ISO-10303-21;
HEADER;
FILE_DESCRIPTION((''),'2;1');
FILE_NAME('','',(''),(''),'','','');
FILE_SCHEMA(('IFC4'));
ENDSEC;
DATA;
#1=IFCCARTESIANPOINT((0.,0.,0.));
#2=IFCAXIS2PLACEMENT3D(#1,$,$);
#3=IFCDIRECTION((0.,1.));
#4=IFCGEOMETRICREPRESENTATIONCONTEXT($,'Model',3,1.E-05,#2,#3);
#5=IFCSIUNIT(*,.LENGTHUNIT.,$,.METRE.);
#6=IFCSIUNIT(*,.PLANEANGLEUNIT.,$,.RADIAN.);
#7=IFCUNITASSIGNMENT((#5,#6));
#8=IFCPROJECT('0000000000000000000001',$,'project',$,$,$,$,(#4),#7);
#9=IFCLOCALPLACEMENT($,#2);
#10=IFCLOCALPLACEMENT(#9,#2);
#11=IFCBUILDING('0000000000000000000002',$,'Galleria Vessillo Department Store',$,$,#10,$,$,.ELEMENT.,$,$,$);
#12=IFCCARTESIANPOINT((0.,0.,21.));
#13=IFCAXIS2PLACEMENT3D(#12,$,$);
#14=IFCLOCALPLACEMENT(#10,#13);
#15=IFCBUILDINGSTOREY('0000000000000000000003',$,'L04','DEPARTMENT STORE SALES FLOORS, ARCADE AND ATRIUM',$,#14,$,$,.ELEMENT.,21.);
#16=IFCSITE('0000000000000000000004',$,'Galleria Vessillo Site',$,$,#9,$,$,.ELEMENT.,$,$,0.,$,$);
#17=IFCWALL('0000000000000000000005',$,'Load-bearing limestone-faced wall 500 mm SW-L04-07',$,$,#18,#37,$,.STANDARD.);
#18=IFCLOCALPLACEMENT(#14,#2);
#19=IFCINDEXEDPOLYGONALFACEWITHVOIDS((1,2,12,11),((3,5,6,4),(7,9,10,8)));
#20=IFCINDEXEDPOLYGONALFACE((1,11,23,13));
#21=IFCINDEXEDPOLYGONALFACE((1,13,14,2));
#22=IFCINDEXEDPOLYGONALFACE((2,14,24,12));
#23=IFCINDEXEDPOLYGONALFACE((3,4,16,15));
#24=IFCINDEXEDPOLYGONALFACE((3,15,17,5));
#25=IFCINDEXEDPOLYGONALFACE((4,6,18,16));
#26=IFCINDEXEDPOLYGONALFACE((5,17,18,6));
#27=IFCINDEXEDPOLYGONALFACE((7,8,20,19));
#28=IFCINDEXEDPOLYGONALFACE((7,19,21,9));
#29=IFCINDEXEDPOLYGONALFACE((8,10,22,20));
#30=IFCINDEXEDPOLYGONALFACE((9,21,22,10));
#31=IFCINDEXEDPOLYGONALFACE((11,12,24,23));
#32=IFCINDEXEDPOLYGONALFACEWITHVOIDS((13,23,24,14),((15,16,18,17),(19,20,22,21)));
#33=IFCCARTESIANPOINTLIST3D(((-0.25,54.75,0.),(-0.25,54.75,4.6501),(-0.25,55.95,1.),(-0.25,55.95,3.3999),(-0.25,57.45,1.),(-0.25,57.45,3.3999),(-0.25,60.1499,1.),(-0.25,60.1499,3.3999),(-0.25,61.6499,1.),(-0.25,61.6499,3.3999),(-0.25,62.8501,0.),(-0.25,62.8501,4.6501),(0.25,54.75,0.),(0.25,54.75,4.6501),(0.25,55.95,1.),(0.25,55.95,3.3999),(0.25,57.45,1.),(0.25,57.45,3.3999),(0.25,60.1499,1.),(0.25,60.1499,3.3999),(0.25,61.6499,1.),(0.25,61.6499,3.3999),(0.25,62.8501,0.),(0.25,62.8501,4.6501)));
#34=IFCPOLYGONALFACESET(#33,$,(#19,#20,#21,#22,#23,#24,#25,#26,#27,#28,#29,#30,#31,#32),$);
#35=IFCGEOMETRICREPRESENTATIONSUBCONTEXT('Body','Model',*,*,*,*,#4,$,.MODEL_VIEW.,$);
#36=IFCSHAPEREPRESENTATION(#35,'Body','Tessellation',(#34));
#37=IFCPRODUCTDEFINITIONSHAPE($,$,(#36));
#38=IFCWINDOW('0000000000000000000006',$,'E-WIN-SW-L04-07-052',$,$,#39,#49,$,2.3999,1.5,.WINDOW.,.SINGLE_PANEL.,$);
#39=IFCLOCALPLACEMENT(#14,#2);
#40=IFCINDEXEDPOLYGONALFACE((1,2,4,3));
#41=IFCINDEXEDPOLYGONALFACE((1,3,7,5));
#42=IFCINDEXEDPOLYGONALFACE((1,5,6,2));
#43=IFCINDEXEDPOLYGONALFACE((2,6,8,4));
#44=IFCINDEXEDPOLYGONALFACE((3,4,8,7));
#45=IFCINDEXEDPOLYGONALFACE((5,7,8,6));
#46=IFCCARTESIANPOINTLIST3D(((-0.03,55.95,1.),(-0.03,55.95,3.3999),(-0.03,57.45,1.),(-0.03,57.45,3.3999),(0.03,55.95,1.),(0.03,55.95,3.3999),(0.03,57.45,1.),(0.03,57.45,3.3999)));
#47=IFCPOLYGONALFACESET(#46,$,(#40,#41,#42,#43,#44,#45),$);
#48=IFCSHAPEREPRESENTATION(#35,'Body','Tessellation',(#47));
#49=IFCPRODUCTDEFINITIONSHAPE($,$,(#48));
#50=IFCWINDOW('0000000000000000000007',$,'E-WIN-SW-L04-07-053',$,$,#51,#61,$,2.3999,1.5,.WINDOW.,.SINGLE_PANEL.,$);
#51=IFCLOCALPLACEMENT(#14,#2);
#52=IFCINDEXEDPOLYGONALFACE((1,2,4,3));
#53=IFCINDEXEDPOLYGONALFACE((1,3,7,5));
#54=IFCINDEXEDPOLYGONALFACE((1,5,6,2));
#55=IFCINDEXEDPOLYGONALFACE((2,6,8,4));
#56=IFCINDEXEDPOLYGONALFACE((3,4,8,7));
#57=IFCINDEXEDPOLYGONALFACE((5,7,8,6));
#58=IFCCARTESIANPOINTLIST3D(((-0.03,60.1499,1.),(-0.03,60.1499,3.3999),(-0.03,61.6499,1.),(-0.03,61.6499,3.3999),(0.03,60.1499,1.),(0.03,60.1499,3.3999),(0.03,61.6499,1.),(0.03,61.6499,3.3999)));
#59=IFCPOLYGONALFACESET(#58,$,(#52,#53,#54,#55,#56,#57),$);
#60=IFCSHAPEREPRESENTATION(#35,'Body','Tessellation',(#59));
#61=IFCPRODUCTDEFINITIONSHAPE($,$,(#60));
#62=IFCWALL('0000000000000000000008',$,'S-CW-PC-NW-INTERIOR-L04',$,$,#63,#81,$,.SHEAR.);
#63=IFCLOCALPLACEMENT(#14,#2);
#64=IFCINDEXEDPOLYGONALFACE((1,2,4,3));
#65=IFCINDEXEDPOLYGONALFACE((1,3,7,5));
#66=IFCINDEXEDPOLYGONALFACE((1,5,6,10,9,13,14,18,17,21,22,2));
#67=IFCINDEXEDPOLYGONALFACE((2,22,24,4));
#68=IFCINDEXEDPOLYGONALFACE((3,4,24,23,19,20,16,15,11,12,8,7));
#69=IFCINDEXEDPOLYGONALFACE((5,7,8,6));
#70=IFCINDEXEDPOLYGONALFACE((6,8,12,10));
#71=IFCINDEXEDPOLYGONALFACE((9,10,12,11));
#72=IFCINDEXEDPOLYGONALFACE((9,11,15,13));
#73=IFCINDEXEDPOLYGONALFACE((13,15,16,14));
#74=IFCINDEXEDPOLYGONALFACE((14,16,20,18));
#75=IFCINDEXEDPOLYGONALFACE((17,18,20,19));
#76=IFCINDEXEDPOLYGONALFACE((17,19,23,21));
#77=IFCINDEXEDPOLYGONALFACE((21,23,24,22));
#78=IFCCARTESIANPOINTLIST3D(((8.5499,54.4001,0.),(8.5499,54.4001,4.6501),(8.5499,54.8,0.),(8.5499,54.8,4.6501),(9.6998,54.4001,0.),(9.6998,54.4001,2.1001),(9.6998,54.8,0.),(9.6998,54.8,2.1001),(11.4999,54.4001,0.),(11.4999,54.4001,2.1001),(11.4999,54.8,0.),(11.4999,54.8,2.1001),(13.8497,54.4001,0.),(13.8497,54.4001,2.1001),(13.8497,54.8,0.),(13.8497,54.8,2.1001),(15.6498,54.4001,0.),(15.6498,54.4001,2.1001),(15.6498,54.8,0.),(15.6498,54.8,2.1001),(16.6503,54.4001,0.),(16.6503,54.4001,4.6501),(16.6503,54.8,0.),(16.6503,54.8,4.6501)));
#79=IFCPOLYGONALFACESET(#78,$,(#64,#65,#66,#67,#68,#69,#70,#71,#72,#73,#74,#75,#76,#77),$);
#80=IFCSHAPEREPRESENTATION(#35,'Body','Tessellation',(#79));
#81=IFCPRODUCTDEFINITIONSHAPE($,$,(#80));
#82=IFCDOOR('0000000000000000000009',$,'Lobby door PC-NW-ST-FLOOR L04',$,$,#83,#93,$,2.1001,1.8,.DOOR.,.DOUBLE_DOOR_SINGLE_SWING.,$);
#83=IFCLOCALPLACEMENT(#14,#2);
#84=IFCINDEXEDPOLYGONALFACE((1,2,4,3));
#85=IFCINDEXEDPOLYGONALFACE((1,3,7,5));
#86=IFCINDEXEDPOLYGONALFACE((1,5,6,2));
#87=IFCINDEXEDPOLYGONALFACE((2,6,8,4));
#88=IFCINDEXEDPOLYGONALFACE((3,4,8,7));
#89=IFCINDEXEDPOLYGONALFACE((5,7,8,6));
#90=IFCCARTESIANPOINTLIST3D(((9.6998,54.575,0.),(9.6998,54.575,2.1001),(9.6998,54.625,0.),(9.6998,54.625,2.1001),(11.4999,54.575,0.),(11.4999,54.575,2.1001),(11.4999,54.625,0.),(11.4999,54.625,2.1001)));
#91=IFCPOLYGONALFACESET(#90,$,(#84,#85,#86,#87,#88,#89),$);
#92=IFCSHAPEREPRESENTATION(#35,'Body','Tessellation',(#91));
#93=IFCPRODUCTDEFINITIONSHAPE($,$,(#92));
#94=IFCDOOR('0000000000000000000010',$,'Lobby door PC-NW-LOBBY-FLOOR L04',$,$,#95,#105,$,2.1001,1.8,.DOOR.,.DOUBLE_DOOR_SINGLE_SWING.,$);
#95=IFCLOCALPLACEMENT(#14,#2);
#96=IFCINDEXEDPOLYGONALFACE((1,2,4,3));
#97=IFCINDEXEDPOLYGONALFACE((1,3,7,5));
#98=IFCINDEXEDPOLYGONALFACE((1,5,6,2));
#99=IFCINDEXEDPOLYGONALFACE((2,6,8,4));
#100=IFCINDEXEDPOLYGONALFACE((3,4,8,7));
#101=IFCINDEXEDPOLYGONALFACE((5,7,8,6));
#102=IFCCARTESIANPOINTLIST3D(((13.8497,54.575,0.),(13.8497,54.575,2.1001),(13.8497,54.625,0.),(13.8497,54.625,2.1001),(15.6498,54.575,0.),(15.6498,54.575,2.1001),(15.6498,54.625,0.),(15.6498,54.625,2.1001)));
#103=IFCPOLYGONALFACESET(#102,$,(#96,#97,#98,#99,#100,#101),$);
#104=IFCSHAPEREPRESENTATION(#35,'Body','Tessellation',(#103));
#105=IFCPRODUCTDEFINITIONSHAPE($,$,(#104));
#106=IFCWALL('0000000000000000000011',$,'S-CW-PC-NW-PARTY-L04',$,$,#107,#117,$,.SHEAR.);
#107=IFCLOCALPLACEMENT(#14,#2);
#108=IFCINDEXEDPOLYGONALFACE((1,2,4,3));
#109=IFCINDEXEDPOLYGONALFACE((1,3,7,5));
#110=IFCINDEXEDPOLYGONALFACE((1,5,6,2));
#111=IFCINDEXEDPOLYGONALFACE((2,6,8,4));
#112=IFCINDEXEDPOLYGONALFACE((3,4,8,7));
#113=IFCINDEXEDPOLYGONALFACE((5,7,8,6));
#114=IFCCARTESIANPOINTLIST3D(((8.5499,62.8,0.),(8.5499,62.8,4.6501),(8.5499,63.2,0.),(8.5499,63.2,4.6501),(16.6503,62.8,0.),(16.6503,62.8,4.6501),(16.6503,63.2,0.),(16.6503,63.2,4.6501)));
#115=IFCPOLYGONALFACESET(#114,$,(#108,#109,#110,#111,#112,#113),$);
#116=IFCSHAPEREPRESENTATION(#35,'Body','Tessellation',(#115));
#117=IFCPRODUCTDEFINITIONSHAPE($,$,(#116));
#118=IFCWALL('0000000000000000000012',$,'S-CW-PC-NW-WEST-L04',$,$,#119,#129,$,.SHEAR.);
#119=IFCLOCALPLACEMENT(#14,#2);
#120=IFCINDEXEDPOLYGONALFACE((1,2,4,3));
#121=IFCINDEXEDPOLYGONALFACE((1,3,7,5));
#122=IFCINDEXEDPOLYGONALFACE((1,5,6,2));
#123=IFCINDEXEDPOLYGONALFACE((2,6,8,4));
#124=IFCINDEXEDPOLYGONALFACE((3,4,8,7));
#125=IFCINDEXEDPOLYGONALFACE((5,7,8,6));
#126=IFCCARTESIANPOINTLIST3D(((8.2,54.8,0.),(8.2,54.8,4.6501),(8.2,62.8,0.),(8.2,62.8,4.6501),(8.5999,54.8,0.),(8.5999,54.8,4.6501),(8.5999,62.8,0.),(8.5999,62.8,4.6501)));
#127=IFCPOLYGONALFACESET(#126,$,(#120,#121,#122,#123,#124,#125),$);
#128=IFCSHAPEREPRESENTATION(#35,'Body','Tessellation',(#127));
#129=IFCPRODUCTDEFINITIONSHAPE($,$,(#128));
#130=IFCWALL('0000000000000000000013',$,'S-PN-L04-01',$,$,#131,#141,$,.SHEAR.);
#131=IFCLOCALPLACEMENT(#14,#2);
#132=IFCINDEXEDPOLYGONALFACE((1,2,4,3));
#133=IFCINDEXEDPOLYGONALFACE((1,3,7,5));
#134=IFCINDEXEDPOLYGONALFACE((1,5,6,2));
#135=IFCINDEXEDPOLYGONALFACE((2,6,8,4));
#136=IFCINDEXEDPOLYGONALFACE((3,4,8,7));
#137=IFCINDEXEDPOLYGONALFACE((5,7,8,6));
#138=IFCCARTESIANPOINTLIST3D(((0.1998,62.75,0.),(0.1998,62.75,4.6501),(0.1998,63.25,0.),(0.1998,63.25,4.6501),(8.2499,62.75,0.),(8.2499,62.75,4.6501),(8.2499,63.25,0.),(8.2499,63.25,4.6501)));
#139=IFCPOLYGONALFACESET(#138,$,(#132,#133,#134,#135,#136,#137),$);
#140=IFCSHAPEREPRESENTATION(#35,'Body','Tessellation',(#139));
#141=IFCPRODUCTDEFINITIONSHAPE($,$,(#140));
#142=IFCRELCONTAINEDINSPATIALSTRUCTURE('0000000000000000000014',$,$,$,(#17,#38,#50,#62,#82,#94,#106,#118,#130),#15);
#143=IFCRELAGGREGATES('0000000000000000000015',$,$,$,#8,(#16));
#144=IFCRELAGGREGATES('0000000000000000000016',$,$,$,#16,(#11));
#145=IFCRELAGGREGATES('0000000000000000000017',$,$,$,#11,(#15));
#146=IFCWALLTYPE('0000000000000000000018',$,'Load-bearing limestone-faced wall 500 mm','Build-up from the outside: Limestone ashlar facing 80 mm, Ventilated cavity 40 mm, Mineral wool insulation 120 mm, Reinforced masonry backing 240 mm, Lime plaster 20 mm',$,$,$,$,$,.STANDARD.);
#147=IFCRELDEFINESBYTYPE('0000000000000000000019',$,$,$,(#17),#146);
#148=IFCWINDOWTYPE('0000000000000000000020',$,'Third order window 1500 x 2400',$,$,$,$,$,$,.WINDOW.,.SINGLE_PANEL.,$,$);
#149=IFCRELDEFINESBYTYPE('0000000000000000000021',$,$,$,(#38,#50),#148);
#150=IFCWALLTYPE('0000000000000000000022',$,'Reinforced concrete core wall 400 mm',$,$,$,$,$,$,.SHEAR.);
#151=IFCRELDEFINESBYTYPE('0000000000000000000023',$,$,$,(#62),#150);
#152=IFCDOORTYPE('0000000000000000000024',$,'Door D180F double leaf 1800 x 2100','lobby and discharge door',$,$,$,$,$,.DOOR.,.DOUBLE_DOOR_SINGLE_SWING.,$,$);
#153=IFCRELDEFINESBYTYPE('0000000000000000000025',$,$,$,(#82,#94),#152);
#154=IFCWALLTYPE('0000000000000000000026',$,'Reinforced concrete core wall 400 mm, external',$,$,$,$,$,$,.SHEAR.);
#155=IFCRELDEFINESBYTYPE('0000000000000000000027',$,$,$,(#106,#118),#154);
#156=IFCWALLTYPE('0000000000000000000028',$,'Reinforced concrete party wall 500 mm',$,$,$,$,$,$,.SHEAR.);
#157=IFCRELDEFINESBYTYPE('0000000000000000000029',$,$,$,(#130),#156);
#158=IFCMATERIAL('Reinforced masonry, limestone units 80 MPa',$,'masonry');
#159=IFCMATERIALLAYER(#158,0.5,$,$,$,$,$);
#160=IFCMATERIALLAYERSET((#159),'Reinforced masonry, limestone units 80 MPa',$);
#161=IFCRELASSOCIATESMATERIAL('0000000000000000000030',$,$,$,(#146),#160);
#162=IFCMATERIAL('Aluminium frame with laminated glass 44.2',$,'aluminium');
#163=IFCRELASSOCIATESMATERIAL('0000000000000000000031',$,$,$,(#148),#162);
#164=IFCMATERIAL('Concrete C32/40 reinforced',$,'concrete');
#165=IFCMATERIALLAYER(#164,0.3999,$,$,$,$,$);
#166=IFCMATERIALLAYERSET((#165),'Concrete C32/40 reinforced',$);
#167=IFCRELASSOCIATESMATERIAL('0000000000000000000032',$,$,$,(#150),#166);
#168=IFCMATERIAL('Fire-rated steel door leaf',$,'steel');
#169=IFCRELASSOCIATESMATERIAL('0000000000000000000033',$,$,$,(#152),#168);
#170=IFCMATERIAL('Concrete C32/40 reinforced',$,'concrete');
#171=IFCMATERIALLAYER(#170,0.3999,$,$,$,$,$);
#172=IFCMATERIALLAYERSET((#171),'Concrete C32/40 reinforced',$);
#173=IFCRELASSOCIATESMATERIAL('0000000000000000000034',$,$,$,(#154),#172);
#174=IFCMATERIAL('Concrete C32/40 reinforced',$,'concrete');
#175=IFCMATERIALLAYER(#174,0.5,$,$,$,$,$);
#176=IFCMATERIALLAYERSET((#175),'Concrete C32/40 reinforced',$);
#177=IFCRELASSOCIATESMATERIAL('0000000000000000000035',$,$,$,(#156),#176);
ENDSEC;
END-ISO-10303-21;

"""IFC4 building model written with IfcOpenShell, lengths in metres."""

from ifc_helpers import new_model, si_unit, direction, frame, frame_2d, origin, place, context, subcontext, project, spatial, rectangle, extrude, material, layer, layer_set, type_object, element, fill, save


model = new_model("IFC4")

# Units and contexts
model_context = context("Model", 3, precision=1e-05, world=origin(), true_north=direction((0.0, 1.0)))
body_context = subcontext(model_context, "Body", "Model", "MODEL_VIEW")
ifc_project = project(units=[si_unit("LENGTHUNIT", "METRE"), si_unit("PLANEANGLEUNIT", "RADIAN")], contexts=[model_context])

# Site, building, storey
site_placement = place(None, origin())
site = spatial("IfcSite", under=ifc_project, at=site_placement, Name="Galleria Vessillo Site", CompositionType="ELEMENT", RefElevation=0.0)
building_placement = place(site_placement, origin())
building = spatial("IfcBuilding", under=site, at=building_placement, Name="Galleria Vessillo Department Store", CompositionType="ELEMENT")
storey_placement = place(building_placement, frame((0.0, 0.0, 21.0)))
storey = spatial("IfcBuildingStorey", under=building, at=storey_placement, Name="L04", Description="DEPARTMENT STORE SALES FLOORS, ARCADE AND ATRIUM", CompositionType="ELEMENT", Elevation=21.0)

# Wall, openings, windows
ifc_material_1 = material(Name="Reinforced masonry, limestone units 80 MPa", Category="masonry")
ifc_layer_1 = layer(ifc_material_1, 0.5)
ifc_layer_set_1 = layer_set([ifc_layer_1], Name="Reinforced masonry, limestone units 80 MPa")
wall_type_1 = type_object("IfcWallType", Name="Load-bearing limestone-faced wall 500 mm", Description="Build-up from the outside: Limestone ashlar facing 80 mm, Ventilated cavity 40 mm, Mineral wool insulation 120 mm, Reinforced masonry backing 240 mm, Lime plaster 20 mm", PredefinedType="STANDARD", material=ifc_layer_set_1)
wall_1_placement = place(storey_placement, frame((0.0, 54.75, 0.0), z_axis=(0.0, 0.0, 1.0), x_axis=(0.0, 1.0, 0.0)))
wall_1 = element("IfcWall", 1, at=wall_1_placement, inside=storey, type_object=wall_type_1, Name="Load-bearing limestone-faced wall 500 mm SW-L04-07", PredefinedType="STANDARD", context=body_context, shape_type="SweptSolid", body=[
    extrude(rectangle(XDim=8.1001, YDim=0.5, at=frame_2d((4.05, 0.0))), origin(), (0.0, 0.0, 1.0), 4.6501),
])
opening_1_placement = place(wall_1_placement, frame((1.2, 0.0, 1.0)))
opening_1 = element("IfcOpeningElement", 2, at=opening_1_placement, cuts=wall_1, PredefinedType="OPENING", context=body_context, shape_type="SweptSolid", body=[
    extrude(rectangle(XDim=1.5, YDim=2.3999, at=frame_2d((0.75, 1.2))), frame((0.0, 0.26, 0.0), z_axis=(0.0, -1.0, 0.0), x_axis=(1.0, 0.0, 0.0)), (0.0, 0.0, 1.0), 0.52),
])
opening_2_placement = place(wall_1_placement, frame((5.3999, 0.0, 1.0)))
opening_2 = element("IfcOpeningElement", 3, at=opening_2_placement, cuts=wall_1, PredefinedType="OPENING", context=body_context, shape_type="SweptSolid", body=[
    extrude(rectangle(XDim=1.5, YDim=2.3999, at=frame_2d((0.75, 1.2))), frame((0.0, 0.26, 0.0), z_axis=(0.0, -1.0, 0.0), x_axis=(1.0, 0.0, 0.0)), (0.0, 0.0, 1.0), 0.52),
])
ifc_material_2 = material(Name="Aluminium frame with laminated glass 44.2", Category="aluminium")
window_type = type_object("IfcWindowType", Name="Third order window 1500 x 2400", PartitioningType="SINGLE_PANEL", PredefinedType="WINDOW", material=ifc_material_2)
window_1_placement = place(opening_1_placement, origin())
window_1 = element("IfcWindow", 4, at=window_1_placement, inside=storey, type_object=window_type, Name="E-WIN-SW-L04-07-052", OverallHeight=2.3999, OverallWidth=1.5, PartitioningType="SINGLE_PANEL", PredefinedType="WINDOW", context=body_context, shape_type="SweptSolid", body=[
    extrude(rectangle(XDim=1.5, YDim=2.3999, at=frame_2d((0.75, 1.2))), frame((0.0, 0.03, 0.0), z_axis=(0.0, -1.0, 0.0), x_axis=(1.0, 0.0, 0.0)), (0.0, 0.0, 1.0), 0.0601),
])
fill(opening_1, window_1)
window_2_placement = place(opening_2_placement, origin())
window_2 = element("IfcWindow", 5, at=window_2_placement, inside=storey, type_object=window_type, Name="E-WIN-SW-L04-07-053", OverallHeight=2.3999, OverallWidth=1.5, PartitioningType="SINGLE_PANEL", PredefinedType="WINDOW", context=body_context, shape_type="SweptSolid", body=[
    extrude(rectangle(XDim=1.5, YDim=2.3999, at=frame_2d((0.75, 1.2))), frame((0.0, 0.03, 0.0), z_axis=(0.0, -1.0, 0.0), x_axis=(1.0, 0.0, 0.0)), (0.0, 0.0, 1.0), 0.0601),
])
fill(opening_2, window_2)

# Wall, openings, doors
ifc_material_3 = material(Name="Concrete C32/40 reinforced", Category="concrete")
ifc_layer_2 = layer(ifc_material_3, 0.3999)
ifc_layer_set_2 = layer_set([ifc_layer_2], Name="Concrete C32/40 reinforced")
wall_type_2 = type_object("IfcWallType", Name="Reinforced concrete core wall 400 mm", PredefinedType="SHEAR", material=ifc_layer_set_2)
wall_2_placement = place(storey_placement, frame((8.5498, 54.6001, 0.0), z_axis=(0.0, 0.0, 1.0), x_axis=(1.0, 0.0, 0.0)))
wall_2 = element("IfcWall", 6, at=wall_2_placement, inside=storey, type_object=wall_type_2, Name="S-CW-PC-NW-INTERIOR-L04", PredefinedType="SHEAR", context=body_context, shape_type="SweptSolid", body=[
    extrude(rectangle(XDim=8.1003, YDim=0.3999, at=frame_2d((4.0503, 0.0))), origin(), (0.0, 0.0, 1.0), 4.6501),
])
opening_3_placement = place(wall_2_placement, frame((1.1501, 0.0, 0.0)))
opening_3 = element("IfcOpeningElement", 7, at=opening_3_placement, cuts=wall_2, PredefinedType="OPENING", context=body_context, shape_type="SweptSolid", body=[
    extrude(rectangle(XDim=1.8, YDim=2.1001, at=frame_2d((0.8999, 1.05))), frame((0.0, 0.21, 0.0), z_axis=(0.0, -1.0, 0.0), x_axis=(1.0, 0.0, 0.0)), (0.0, 0.0, 1.0), 0.4199),
])
opening_4_placement = place(wall_2_placement, frame((5.3, 0.0, 0.0)))
opening_4 = element("IfcOpeningElement", 8, at=opening_4_placement, cuts=wall_2, PredefinedType="OPENING", context=body_context, shape_type="SweptSolid", body=[
    extrude(rectangle(XDim=1.8, YDim=2.1001, at=frame_2d((0.8999, 1.05))), frame((0.0, 0.21, 0.0), z_axis=(0.0, -1.0, 0.0), x_axis=(1.0, 0.0, 0.0)), (0.0, 0.0, 1.0), 0.4199),
])
ifc_material_4 = material(Name="Fire-rated steel door leaf", Category="steel")
door_type = type_object("IfcDoorType", Name="Door D180F double leaf 1800 x 2100", Description="lobby and discharge door", OperationType="DOUBLE_DOOR_SINGLE_SWING", PredefinedType="DOOR", material=ifc_material_4)
door_1_placement = place(opening_3_placement, origin())
door_1 = element("IfcDoor", 9, at=door_1_placement, inside=storey, type_object=door_type, Name="Lobby door PC-NW-ST-FLOOR L04", OperationType="DOUBLE_DOOR_SINGLE_SWING", OverallHeight=2.1001, OverallWidth=1.8, PredefinedType="DOOR", context=body_context, shape_type="SweptSolid", body=[
    extrude(rectangle(XDim=1.8, YDim=2.1001, at=frame_2d((0.8999, 1.05))), frame((0.0, 0.0249, 0.0), z_axis=(0.0, -1.0, 0.0), x_axis=(1.0, 0.0, 0.0)), (0.0, 0.0, 1.0), 0.05),
])
fill(opening_3, door_1)
door_2_placement = place(opening_4_placement, origin())
door_2 = element("IfcDoor", 10, at=door_2_placement, inside=storey, type_object=door_type, Name="Lobby door PC-NW-LOBBY-FLOOR L04", OperationType="DOUBLE_DOOR_SINGLE_SWING", OverallHeight=2.1001, OverallWidth=1.8, PredefinedType="DOOR", context=body_context, shape_type="SweptSolid", body=[
    extrude(rectangle(XDim=1.8, YDim=2.1001, at=frame_2d((0.8999, 1.05))), frame((0.0, 0.0249, 0.0), z_axis=(0.0, -1.0, 0.0), x_axis=(1.0, 0.0, 0.0)), (0.0, 0.0, 1.0), 0.05),
])
fill(opening_4, door_2)

# Walls
ifc_material_5 = material(Name="Concrete C32/40 reinforced", Category="concrete")
ifc_layer_3 = layer(ifc_material_5, 0.3999)
ifc_layer_set_3 = layer_set([ifc_layer_3], Name="Concrete C32/40 reinforced")
wall_type_3 = type_object("IfcWallType", Name="Reinforced concrete core wall 400 mm, external", PredefinedType="SHEAR", material=ifc_layer_set_3)
wall_3_placement = place(storey_placement, frame((8.5498, 63.0, 0.0), z_axis=(0.0, 0.0, 1.0), x_axis=(1.0, 0.0, 0.0)))
element("IfcWall", 11, at=wall_3_placement, inside=storey, type_object=wall_type_3, Name="S-CW-PC-NW-PARTY-L04", PredefinedType="SHEAR", context=body_context, shape_type="SweptSolid", body=[
    extrude(rectangle(XDim=8.1003, YDim=0.3999, at=frame_2d((4.0503, 0.0))), origin(), (0.0, 0.0, 1.0), 4.6501),
])
wall_4_placement = place(storey_placement, frame((8.3999, 54.8, 0.0), z_axis=(0.0, 0.0, 1.0), x_axis=(0.0, 1.0, 0.0)))
element("IfcWall", 12, at=wall_4_placement, inside=storey, type_object=wall_type_3, Name="S-CW-PC-NW-WEST-L04", PredefinedType="SHEAR", context=body_context, shape_type="SweptSolid", body=[
    extrude(rectangle(XDim=8.0, YDim=0.3999, at=frame_2d((4.0, 0.0))), origin(), (0.0, 0.0, 1.0), 4.6501),
])
ifc_material_6 = material(Name="Concrete C32/40 reinforced", Category="concrete")
ifc_layer_4 = layer(ifc_material_6, 0.5)
ifc_layer_set_4 = layer_set([ifc_layer_4], Name="Concrete C32/40 reinforced")
wall_type_4 = type_object("IfcWallType", Name="Reinforced concrete party wall 500 mm", PredefinedType="SHEAR", material=ifc_layer_set_4)
wall_5_placement = place(storey_placement, frame((0.2, 63.0, 0.0), z_axis=(0.0, 0.0, 1.0), x_axis=(1.0, 0.0, 0.0)))
element("IfcWall", 13, at=wall_5_placement, inside=storey, type_object=wall_type_4, Name="S-PN-L04-01", PredefinedType="SHEAR", context=body_context, shape_type="SweptSolid", body=[
    extrude(rectangle(XDim=8.05, YDim=0.5, at=frame_2d((4.0249, 0.0))), origin(), (0.0, 0.0, 1.0), 4.6501),
])

save(model, "model.ifc")
